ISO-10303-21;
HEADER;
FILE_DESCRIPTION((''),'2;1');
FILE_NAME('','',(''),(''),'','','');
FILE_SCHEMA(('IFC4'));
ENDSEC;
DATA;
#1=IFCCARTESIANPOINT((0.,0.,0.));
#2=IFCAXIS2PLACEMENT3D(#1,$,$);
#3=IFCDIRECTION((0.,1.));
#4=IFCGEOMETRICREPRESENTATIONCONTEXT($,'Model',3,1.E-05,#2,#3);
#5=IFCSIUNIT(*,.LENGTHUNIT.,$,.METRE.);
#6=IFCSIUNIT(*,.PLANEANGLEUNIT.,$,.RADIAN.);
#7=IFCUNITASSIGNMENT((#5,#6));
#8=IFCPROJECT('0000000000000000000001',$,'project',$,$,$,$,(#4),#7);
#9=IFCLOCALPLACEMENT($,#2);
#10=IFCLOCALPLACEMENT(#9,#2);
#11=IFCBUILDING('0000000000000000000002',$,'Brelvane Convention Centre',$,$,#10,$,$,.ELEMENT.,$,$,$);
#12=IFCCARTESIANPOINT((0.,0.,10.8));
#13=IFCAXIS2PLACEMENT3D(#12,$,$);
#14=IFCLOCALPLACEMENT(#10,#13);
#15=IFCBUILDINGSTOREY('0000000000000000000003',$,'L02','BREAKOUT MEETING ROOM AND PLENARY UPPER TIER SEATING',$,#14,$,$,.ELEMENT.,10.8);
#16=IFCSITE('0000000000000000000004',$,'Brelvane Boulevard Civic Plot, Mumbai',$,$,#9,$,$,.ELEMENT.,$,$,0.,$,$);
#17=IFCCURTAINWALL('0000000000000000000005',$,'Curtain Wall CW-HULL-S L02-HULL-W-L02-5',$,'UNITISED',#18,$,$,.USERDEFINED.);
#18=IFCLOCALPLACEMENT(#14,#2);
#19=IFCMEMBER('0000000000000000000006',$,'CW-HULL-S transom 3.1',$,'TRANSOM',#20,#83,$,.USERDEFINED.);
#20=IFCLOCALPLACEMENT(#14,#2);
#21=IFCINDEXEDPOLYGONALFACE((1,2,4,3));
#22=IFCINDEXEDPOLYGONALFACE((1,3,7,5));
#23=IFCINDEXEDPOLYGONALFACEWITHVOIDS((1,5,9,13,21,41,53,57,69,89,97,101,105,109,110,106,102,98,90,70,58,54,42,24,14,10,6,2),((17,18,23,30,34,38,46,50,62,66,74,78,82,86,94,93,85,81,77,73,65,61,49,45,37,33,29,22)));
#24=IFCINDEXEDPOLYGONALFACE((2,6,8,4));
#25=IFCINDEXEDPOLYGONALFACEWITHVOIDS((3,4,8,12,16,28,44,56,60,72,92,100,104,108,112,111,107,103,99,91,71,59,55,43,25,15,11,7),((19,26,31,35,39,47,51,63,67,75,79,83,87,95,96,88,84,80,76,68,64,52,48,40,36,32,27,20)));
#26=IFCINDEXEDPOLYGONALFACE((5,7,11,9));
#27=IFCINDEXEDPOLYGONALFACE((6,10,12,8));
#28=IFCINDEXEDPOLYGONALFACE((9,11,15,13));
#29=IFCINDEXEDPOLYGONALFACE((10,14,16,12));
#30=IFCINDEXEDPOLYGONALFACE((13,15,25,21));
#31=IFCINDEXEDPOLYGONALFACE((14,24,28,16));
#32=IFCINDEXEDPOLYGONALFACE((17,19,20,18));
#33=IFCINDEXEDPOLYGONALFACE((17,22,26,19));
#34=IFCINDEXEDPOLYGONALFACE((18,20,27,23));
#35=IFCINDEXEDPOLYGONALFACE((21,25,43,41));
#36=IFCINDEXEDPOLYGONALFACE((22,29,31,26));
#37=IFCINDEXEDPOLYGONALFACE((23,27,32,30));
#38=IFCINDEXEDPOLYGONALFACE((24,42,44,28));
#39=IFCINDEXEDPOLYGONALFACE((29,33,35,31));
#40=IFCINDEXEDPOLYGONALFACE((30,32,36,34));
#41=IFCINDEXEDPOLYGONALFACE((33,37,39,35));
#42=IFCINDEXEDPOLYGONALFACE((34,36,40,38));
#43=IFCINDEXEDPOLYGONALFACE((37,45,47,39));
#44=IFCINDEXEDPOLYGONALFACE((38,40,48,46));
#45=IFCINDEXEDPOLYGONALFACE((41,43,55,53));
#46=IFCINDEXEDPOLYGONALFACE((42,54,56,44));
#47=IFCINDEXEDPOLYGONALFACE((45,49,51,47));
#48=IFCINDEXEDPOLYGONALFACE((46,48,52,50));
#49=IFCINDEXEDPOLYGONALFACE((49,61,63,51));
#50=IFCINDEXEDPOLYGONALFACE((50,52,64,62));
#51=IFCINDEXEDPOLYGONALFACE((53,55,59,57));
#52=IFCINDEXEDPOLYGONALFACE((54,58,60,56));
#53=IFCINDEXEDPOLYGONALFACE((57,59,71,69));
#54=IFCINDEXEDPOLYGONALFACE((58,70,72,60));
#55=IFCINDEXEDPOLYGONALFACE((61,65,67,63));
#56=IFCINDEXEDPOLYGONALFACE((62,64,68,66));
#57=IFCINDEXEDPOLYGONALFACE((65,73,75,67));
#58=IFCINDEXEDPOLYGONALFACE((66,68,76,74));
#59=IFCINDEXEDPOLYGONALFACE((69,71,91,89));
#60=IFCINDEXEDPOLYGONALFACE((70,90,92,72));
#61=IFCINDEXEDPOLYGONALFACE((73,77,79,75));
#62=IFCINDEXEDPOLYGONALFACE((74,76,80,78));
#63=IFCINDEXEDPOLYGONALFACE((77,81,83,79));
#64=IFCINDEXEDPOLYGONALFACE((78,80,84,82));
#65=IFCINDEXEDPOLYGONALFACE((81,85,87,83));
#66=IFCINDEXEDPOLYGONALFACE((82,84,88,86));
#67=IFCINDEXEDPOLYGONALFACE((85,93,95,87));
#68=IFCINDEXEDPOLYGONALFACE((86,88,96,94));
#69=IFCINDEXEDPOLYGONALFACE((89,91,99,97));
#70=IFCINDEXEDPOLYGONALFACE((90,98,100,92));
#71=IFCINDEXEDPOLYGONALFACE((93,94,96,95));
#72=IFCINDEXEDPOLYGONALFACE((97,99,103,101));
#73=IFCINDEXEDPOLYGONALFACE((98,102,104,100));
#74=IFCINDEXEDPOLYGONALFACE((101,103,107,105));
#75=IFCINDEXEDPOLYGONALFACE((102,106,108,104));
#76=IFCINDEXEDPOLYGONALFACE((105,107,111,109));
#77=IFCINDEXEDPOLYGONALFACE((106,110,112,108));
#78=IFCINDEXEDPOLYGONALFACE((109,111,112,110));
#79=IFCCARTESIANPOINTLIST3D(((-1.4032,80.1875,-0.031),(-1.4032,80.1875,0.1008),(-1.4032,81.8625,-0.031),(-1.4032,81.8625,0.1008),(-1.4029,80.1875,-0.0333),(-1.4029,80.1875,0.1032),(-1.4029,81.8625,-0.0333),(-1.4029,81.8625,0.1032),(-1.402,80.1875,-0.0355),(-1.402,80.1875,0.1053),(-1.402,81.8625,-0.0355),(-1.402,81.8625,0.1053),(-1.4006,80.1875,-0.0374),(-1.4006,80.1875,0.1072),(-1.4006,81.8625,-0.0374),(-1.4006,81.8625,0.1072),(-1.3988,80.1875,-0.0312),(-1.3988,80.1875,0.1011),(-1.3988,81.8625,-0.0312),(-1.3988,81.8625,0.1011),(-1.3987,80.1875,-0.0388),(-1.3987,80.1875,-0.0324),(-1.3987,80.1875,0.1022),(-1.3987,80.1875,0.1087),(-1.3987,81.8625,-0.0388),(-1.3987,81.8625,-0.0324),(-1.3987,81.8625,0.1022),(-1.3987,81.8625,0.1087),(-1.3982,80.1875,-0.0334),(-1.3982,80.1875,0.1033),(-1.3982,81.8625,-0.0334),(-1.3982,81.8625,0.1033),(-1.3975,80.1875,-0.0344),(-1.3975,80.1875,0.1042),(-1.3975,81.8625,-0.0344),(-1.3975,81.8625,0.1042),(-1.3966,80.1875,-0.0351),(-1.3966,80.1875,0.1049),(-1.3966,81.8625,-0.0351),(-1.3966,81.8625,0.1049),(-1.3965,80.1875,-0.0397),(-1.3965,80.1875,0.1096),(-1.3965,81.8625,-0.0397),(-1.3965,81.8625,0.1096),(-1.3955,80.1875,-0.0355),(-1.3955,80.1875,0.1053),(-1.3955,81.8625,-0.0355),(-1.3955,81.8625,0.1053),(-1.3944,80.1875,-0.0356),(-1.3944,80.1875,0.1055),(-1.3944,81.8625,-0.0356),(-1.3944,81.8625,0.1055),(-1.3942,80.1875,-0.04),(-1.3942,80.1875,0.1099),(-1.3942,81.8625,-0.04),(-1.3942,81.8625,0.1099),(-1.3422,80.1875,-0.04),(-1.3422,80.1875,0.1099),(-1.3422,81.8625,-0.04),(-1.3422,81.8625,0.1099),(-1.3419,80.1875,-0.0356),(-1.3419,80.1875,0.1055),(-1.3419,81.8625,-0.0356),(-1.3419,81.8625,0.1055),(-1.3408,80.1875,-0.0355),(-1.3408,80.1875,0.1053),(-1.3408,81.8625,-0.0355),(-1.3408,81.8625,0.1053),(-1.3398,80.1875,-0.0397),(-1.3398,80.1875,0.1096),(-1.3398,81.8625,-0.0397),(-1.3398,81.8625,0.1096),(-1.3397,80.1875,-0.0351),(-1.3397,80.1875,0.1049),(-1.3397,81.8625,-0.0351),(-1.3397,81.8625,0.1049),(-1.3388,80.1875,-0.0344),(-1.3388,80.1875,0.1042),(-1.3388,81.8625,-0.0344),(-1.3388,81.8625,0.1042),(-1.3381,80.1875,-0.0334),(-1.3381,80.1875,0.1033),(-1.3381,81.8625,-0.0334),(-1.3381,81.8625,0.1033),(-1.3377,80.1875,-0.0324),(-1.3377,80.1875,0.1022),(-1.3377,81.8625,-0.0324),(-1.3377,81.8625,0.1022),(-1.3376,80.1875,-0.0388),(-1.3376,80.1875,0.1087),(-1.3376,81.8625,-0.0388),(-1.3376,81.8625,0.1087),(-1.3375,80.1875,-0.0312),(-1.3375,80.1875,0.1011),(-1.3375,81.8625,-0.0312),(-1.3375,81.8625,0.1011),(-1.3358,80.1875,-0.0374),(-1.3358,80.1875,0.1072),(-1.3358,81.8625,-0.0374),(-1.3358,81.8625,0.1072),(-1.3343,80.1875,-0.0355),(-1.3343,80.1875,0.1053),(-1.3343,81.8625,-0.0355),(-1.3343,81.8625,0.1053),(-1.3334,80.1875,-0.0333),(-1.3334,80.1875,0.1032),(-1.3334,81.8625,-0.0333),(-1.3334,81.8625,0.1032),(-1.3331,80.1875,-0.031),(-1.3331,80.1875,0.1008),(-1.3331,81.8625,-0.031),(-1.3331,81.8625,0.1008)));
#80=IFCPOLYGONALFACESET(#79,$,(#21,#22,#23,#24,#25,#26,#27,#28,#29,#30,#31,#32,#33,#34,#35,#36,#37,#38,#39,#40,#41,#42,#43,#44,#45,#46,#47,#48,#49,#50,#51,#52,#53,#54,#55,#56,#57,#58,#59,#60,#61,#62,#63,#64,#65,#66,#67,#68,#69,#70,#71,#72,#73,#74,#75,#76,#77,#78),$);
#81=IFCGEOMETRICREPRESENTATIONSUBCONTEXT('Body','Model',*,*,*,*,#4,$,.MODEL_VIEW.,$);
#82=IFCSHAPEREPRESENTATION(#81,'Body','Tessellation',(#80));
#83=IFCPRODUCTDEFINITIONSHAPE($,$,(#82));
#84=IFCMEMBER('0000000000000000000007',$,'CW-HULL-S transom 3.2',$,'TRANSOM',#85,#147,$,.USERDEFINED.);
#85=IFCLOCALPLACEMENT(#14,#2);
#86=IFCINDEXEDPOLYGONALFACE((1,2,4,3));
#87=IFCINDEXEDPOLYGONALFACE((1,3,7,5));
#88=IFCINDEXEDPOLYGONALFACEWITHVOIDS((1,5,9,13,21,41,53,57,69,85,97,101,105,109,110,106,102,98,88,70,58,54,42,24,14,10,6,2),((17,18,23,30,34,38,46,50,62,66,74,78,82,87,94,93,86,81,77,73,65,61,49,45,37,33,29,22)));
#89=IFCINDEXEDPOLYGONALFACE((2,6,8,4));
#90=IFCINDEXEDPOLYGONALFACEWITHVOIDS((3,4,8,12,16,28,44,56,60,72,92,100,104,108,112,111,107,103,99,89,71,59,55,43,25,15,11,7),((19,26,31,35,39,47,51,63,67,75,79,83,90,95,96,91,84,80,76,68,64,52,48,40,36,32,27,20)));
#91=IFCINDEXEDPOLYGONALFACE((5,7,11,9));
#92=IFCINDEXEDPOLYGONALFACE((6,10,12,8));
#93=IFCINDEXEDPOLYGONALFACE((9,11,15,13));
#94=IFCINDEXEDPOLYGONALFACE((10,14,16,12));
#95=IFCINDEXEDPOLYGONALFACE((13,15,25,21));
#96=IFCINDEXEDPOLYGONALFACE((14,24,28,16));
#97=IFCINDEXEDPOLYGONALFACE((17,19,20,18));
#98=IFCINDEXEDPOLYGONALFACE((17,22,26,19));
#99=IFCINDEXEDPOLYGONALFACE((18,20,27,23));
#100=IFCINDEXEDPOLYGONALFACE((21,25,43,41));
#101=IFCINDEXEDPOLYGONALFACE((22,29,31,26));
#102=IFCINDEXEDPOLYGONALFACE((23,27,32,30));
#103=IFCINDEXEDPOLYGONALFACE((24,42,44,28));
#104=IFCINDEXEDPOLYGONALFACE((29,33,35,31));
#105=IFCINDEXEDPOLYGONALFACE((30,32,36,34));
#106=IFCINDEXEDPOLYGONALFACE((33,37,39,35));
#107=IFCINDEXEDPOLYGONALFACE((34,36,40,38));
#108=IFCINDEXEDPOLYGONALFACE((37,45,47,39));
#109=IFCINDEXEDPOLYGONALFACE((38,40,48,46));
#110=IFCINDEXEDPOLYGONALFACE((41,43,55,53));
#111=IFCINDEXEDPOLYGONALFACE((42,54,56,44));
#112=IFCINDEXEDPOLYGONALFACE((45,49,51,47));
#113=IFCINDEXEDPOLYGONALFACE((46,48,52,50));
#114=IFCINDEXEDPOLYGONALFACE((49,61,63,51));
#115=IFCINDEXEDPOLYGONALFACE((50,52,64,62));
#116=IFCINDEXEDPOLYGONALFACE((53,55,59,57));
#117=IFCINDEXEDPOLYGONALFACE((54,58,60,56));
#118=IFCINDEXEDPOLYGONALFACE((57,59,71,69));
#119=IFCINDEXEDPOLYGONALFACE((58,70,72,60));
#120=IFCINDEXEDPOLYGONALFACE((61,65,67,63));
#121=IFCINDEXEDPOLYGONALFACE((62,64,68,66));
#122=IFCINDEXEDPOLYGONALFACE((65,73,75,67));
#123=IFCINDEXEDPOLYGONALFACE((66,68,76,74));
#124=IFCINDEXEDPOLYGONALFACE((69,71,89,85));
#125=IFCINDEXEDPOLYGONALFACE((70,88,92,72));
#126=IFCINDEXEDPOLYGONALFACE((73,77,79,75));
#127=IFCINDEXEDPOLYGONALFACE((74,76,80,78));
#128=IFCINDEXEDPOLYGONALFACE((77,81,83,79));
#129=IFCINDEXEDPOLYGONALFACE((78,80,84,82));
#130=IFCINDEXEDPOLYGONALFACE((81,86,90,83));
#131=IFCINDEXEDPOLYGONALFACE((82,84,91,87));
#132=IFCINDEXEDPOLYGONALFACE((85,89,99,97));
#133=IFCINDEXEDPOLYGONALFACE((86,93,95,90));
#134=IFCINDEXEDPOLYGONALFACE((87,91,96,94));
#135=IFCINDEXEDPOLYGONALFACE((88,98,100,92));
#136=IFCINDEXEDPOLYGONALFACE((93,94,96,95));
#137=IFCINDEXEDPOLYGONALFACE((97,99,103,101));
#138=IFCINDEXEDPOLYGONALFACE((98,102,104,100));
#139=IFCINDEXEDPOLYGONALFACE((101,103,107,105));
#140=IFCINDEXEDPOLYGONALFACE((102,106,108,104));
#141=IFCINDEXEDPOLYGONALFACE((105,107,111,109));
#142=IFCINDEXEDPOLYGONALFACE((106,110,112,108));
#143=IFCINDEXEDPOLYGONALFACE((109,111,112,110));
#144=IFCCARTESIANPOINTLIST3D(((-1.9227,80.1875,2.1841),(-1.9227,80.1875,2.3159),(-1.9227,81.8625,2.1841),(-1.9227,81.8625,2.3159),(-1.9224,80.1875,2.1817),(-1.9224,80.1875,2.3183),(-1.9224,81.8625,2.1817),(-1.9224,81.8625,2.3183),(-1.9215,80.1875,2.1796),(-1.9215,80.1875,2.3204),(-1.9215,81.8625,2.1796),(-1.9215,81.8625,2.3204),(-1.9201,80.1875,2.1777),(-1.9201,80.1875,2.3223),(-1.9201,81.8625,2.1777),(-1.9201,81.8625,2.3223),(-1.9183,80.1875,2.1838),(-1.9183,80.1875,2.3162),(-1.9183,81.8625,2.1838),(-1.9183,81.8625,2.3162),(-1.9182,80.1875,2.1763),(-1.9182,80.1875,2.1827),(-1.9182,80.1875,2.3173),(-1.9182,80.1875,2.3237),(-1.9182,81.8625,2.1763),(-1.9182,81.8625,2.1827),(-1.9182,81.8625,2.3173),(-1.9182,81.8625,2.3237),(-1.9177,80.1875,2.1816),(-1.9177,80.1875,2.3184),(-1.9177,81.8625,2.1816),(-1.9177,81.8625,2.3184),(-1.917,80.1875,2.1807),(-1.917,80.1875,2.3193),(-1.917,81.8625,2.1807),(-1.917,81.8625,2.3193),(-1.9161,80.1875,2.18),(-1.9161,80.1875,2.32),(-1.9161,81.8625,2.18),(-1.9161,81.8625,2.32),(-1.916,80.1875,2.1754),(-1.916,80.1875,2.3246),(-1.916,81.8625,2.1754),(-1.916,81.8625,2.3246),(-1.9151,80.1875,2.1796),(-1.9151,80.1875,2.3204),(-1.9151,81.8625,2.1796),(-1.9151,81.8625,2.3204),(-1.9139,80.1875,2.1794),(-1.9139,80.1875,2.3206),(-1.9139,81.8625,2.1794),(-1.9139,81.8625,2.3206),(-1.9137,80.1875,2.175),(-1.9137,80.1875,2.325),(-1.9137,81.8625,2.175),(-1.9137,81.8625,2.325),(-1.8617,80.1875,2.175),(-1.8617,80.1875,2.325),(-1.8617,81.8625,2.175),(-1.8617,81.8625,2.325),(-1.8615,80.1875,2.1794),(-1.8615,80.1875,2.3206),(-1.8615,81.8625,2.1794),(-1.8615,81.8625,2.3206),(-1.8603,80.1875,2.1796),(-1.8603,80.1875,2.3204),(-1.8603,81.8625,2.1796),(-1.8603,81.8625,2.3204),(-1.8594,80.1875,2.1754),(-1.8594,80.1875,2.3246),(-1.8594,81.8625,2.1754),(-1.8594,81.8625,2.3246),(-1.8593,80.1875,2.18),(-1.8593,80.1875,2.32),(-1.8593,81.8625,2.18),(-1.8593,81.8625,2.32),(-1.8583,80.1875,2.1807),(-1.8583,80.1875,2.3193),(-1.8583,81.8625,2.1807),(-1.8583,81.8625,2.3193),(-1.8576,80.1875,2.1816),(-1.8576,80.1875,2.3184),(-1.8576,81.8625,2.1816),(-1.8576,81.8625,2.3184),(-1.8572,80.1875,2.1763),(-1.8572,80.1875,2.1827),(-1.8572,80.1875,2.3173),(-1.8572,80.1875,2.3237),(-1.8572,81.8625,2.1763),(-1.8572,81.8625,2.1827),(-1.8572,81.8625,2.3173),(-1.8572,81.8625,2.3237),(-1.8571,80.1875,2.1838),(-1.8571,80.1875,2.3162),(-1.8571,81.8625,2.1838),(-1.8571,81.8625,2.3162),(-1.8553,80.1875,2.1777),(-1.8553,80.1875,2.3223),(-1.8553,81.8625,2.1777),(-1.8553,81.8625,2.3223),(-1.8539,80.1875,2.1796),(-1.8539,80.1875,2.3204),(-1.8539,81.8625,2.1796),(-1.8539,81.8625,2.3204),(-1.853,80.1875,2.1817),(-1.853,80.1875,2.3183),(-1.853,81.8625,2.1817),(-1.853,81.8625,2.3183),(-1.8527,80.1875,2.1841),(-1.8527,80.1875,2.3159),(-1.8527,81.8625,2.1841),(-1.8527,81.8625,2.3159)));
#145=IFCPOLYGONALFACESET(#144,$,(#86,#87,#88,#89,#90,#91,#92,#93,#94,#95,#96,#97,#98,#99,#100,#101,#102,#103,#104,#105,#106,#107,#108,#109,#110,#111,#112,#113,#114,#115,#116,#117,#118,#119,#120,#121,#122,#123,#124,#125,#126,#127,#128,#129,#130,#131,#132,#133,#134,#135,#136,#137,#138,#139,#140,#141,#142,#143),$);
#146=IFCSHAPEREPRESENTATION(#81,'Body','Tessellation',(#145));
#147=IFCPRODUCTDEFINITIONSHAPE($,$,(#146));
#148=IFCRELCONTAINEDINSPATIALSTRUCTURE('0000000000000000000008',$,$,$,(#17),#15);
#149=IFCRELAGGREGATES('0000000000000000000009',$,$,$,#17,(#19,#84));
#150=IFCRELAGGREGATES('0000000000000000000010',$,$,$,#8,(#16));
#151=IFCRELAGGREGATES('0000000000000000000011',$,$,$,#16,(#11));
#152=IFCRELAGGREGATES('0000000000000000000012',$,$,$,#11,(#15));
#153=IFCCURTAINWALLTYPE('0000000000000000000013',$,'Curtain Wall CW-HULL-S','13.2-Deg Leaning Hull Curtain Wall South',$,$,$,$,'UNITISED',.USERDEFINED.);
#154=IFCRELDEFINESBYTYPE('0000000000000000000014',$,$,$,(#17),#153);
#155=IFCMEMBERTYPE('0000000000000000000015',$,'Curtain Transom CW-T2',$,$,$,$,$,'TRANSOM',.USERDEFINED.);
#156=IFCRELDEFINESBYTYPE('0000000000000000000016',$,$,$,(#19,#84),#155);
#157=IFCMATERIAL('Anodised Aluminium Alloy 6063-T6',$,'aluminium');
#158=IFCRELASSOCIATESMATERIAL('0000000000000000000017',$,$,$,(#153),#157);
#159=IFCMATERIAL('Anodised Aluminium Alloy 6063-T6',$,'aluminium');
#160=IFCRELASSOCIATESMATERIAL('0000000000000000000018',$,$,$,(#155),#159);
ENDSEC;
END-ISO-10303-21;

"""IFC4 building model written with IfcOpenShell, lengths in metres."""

from ifc_helpers import new_model, si_unit, direction, frame, origin, origin_2d, place, context, subcontext, project, spatial, hollow_rectangle, extrude, material, material_profile, profile_set, type_object, element, aggregate, save


model = new_model("IFC4")

# Units and contexts
model_context = context("Model", 3, precision=1e-05, world=origin(), true_north=direction((0.0, 1.0)))
body_context = subcontext(model_context, "Body", "Model", "MODEL_VIEW")
ifc_project = project(units=[si_unit("LENGTHUNIT", "METRE"), si_unit("PLANEANGLEUNIT", "RADIAN")], contexts=[model_context])

# Site, building, storey
site_placement = place(None, origin())
site = spatial("IfcSite", under=ifc_project, at=site_placement, Name="Brelvane Boulevard Civic Plot, Mumbai", CompositionType="ELEMENT", RefElevation=0.0)
building_placement = place(site_placement, origin())
building = spatial("IfcBuilding", under=site, at=building_placement, Name="Brelvane Convention Centre", CompositionType="ELEMENT")
storey_placement = place(building_placement, frame((0.0, 0.0, 10.8)))
storey = spatial("IfcBuildingStorey", under=building, at=storey_placement, Name="L02", Description="BREAKOUT MEETING ROOM AND PLENARY UPPER TIER SEATING", CompositionType="ELEMENT", Elevation=10.8)

# Curtain wall, members
ifc_material_1 = material(Name="Anodised Aluminium Alloy 6063-T6", Category="aluminium")
curtain_wall_type = type_object("IfcCurtainWallType", Name="Curtain Wall CW-HULL-S", Description="13.2-Deg Leaning Hull Curtain Wall South", ElementType="UNITISED", PredefinedType="USERDEFINED", material=ifc_material_1)
curtain_wall_placement = place(storey_placement, origin())
curtain_wall = element("IfcCurtainWall", 1, at=curtain_wall_placement, inside=storey, type_object=curtain_wall_type, Name="Curtain Wall CW-HULL-S L02-HULL-W-L02-5", ObjectType="UNITISED", PredefinedType="USERDEFINED")
ifc_material_2 = material(Name="Anodised Aluminium Alloy 6063-T6", Category="aluminium")
ifc_material_profile_1 = material_profile(ifc_material_2, hollow_rectangle(XDim=0.0701, YDim=0.1499, WallThickness=0.0044, InnerFilletRadius=0.0044, OuterFilletRadius=0.009, at=origin_2d()), Name="ALU-T 150x70x4.5")
ifc_profile_set_1 = profile_set([ifc_material_profile_1], Name="Anodised Aluminium Alloy 6063-T6")
member_type_1 = type_object("IfcMemberType", Name="Curtain Transom CW-T2", ElementType="TRANSOM", PredefinedType="USERDEFINED", material=ifc_profile_set_1)
member_1_placement = place(storey_placement, frame((-1.3682, 80.1875, 0.0349), z_axis=(0.0, 1.0, 0.0), x_axis=(-1.0, 0.0, 0.0)))
member_1 = element("IfcMember", 2, at=member_1_placement, type_object=member_type_1, Name="CW-HULL-S transom 3.1", ObjectType="TRANSOM", PredefinedType="USERDEFINED", context=body_context, shape_type="SweptSolid", body=[
    extrude(hollow_rectangle(XDim=0.0701, YDim=0.1499, WallThickness=0.0044, InnerFilletRadius=0.0044, OuterFilletRadius=0.009, at=origin_2d()), origin(), (0.0, 0.0, 1.0), 1.675),
])
member_2_placement = place(storey_placement, frame((-1.8877, 80.1875, 2.25), z_axis=(0.0, 1.0, 0.0), x_axis=(-1.0, 0.0, 0.0)))
member_2 = element("IfcMember", 3, at=member_2_placement, type_object=member_type_1, Name="CW-HULL-S transom 3.2", ObjectType="TRANSOM", PredefinedType="USERDEFINED", context=body_context, shape_type="SweptSolid", body=[
    extrude(hollow_rectangle(XDim=0.0701, YDim=0.1499, WallThickness=0.0044, InnerFilletRadius=0.0044, OuterFilletRadius=0.009, at=origin_2d()), origin(), (0.0, 0.0, 1.0), 1.675),
])
aggregate(curtain_wall, [member_1, member_2])

save(model, "model.ifc")
